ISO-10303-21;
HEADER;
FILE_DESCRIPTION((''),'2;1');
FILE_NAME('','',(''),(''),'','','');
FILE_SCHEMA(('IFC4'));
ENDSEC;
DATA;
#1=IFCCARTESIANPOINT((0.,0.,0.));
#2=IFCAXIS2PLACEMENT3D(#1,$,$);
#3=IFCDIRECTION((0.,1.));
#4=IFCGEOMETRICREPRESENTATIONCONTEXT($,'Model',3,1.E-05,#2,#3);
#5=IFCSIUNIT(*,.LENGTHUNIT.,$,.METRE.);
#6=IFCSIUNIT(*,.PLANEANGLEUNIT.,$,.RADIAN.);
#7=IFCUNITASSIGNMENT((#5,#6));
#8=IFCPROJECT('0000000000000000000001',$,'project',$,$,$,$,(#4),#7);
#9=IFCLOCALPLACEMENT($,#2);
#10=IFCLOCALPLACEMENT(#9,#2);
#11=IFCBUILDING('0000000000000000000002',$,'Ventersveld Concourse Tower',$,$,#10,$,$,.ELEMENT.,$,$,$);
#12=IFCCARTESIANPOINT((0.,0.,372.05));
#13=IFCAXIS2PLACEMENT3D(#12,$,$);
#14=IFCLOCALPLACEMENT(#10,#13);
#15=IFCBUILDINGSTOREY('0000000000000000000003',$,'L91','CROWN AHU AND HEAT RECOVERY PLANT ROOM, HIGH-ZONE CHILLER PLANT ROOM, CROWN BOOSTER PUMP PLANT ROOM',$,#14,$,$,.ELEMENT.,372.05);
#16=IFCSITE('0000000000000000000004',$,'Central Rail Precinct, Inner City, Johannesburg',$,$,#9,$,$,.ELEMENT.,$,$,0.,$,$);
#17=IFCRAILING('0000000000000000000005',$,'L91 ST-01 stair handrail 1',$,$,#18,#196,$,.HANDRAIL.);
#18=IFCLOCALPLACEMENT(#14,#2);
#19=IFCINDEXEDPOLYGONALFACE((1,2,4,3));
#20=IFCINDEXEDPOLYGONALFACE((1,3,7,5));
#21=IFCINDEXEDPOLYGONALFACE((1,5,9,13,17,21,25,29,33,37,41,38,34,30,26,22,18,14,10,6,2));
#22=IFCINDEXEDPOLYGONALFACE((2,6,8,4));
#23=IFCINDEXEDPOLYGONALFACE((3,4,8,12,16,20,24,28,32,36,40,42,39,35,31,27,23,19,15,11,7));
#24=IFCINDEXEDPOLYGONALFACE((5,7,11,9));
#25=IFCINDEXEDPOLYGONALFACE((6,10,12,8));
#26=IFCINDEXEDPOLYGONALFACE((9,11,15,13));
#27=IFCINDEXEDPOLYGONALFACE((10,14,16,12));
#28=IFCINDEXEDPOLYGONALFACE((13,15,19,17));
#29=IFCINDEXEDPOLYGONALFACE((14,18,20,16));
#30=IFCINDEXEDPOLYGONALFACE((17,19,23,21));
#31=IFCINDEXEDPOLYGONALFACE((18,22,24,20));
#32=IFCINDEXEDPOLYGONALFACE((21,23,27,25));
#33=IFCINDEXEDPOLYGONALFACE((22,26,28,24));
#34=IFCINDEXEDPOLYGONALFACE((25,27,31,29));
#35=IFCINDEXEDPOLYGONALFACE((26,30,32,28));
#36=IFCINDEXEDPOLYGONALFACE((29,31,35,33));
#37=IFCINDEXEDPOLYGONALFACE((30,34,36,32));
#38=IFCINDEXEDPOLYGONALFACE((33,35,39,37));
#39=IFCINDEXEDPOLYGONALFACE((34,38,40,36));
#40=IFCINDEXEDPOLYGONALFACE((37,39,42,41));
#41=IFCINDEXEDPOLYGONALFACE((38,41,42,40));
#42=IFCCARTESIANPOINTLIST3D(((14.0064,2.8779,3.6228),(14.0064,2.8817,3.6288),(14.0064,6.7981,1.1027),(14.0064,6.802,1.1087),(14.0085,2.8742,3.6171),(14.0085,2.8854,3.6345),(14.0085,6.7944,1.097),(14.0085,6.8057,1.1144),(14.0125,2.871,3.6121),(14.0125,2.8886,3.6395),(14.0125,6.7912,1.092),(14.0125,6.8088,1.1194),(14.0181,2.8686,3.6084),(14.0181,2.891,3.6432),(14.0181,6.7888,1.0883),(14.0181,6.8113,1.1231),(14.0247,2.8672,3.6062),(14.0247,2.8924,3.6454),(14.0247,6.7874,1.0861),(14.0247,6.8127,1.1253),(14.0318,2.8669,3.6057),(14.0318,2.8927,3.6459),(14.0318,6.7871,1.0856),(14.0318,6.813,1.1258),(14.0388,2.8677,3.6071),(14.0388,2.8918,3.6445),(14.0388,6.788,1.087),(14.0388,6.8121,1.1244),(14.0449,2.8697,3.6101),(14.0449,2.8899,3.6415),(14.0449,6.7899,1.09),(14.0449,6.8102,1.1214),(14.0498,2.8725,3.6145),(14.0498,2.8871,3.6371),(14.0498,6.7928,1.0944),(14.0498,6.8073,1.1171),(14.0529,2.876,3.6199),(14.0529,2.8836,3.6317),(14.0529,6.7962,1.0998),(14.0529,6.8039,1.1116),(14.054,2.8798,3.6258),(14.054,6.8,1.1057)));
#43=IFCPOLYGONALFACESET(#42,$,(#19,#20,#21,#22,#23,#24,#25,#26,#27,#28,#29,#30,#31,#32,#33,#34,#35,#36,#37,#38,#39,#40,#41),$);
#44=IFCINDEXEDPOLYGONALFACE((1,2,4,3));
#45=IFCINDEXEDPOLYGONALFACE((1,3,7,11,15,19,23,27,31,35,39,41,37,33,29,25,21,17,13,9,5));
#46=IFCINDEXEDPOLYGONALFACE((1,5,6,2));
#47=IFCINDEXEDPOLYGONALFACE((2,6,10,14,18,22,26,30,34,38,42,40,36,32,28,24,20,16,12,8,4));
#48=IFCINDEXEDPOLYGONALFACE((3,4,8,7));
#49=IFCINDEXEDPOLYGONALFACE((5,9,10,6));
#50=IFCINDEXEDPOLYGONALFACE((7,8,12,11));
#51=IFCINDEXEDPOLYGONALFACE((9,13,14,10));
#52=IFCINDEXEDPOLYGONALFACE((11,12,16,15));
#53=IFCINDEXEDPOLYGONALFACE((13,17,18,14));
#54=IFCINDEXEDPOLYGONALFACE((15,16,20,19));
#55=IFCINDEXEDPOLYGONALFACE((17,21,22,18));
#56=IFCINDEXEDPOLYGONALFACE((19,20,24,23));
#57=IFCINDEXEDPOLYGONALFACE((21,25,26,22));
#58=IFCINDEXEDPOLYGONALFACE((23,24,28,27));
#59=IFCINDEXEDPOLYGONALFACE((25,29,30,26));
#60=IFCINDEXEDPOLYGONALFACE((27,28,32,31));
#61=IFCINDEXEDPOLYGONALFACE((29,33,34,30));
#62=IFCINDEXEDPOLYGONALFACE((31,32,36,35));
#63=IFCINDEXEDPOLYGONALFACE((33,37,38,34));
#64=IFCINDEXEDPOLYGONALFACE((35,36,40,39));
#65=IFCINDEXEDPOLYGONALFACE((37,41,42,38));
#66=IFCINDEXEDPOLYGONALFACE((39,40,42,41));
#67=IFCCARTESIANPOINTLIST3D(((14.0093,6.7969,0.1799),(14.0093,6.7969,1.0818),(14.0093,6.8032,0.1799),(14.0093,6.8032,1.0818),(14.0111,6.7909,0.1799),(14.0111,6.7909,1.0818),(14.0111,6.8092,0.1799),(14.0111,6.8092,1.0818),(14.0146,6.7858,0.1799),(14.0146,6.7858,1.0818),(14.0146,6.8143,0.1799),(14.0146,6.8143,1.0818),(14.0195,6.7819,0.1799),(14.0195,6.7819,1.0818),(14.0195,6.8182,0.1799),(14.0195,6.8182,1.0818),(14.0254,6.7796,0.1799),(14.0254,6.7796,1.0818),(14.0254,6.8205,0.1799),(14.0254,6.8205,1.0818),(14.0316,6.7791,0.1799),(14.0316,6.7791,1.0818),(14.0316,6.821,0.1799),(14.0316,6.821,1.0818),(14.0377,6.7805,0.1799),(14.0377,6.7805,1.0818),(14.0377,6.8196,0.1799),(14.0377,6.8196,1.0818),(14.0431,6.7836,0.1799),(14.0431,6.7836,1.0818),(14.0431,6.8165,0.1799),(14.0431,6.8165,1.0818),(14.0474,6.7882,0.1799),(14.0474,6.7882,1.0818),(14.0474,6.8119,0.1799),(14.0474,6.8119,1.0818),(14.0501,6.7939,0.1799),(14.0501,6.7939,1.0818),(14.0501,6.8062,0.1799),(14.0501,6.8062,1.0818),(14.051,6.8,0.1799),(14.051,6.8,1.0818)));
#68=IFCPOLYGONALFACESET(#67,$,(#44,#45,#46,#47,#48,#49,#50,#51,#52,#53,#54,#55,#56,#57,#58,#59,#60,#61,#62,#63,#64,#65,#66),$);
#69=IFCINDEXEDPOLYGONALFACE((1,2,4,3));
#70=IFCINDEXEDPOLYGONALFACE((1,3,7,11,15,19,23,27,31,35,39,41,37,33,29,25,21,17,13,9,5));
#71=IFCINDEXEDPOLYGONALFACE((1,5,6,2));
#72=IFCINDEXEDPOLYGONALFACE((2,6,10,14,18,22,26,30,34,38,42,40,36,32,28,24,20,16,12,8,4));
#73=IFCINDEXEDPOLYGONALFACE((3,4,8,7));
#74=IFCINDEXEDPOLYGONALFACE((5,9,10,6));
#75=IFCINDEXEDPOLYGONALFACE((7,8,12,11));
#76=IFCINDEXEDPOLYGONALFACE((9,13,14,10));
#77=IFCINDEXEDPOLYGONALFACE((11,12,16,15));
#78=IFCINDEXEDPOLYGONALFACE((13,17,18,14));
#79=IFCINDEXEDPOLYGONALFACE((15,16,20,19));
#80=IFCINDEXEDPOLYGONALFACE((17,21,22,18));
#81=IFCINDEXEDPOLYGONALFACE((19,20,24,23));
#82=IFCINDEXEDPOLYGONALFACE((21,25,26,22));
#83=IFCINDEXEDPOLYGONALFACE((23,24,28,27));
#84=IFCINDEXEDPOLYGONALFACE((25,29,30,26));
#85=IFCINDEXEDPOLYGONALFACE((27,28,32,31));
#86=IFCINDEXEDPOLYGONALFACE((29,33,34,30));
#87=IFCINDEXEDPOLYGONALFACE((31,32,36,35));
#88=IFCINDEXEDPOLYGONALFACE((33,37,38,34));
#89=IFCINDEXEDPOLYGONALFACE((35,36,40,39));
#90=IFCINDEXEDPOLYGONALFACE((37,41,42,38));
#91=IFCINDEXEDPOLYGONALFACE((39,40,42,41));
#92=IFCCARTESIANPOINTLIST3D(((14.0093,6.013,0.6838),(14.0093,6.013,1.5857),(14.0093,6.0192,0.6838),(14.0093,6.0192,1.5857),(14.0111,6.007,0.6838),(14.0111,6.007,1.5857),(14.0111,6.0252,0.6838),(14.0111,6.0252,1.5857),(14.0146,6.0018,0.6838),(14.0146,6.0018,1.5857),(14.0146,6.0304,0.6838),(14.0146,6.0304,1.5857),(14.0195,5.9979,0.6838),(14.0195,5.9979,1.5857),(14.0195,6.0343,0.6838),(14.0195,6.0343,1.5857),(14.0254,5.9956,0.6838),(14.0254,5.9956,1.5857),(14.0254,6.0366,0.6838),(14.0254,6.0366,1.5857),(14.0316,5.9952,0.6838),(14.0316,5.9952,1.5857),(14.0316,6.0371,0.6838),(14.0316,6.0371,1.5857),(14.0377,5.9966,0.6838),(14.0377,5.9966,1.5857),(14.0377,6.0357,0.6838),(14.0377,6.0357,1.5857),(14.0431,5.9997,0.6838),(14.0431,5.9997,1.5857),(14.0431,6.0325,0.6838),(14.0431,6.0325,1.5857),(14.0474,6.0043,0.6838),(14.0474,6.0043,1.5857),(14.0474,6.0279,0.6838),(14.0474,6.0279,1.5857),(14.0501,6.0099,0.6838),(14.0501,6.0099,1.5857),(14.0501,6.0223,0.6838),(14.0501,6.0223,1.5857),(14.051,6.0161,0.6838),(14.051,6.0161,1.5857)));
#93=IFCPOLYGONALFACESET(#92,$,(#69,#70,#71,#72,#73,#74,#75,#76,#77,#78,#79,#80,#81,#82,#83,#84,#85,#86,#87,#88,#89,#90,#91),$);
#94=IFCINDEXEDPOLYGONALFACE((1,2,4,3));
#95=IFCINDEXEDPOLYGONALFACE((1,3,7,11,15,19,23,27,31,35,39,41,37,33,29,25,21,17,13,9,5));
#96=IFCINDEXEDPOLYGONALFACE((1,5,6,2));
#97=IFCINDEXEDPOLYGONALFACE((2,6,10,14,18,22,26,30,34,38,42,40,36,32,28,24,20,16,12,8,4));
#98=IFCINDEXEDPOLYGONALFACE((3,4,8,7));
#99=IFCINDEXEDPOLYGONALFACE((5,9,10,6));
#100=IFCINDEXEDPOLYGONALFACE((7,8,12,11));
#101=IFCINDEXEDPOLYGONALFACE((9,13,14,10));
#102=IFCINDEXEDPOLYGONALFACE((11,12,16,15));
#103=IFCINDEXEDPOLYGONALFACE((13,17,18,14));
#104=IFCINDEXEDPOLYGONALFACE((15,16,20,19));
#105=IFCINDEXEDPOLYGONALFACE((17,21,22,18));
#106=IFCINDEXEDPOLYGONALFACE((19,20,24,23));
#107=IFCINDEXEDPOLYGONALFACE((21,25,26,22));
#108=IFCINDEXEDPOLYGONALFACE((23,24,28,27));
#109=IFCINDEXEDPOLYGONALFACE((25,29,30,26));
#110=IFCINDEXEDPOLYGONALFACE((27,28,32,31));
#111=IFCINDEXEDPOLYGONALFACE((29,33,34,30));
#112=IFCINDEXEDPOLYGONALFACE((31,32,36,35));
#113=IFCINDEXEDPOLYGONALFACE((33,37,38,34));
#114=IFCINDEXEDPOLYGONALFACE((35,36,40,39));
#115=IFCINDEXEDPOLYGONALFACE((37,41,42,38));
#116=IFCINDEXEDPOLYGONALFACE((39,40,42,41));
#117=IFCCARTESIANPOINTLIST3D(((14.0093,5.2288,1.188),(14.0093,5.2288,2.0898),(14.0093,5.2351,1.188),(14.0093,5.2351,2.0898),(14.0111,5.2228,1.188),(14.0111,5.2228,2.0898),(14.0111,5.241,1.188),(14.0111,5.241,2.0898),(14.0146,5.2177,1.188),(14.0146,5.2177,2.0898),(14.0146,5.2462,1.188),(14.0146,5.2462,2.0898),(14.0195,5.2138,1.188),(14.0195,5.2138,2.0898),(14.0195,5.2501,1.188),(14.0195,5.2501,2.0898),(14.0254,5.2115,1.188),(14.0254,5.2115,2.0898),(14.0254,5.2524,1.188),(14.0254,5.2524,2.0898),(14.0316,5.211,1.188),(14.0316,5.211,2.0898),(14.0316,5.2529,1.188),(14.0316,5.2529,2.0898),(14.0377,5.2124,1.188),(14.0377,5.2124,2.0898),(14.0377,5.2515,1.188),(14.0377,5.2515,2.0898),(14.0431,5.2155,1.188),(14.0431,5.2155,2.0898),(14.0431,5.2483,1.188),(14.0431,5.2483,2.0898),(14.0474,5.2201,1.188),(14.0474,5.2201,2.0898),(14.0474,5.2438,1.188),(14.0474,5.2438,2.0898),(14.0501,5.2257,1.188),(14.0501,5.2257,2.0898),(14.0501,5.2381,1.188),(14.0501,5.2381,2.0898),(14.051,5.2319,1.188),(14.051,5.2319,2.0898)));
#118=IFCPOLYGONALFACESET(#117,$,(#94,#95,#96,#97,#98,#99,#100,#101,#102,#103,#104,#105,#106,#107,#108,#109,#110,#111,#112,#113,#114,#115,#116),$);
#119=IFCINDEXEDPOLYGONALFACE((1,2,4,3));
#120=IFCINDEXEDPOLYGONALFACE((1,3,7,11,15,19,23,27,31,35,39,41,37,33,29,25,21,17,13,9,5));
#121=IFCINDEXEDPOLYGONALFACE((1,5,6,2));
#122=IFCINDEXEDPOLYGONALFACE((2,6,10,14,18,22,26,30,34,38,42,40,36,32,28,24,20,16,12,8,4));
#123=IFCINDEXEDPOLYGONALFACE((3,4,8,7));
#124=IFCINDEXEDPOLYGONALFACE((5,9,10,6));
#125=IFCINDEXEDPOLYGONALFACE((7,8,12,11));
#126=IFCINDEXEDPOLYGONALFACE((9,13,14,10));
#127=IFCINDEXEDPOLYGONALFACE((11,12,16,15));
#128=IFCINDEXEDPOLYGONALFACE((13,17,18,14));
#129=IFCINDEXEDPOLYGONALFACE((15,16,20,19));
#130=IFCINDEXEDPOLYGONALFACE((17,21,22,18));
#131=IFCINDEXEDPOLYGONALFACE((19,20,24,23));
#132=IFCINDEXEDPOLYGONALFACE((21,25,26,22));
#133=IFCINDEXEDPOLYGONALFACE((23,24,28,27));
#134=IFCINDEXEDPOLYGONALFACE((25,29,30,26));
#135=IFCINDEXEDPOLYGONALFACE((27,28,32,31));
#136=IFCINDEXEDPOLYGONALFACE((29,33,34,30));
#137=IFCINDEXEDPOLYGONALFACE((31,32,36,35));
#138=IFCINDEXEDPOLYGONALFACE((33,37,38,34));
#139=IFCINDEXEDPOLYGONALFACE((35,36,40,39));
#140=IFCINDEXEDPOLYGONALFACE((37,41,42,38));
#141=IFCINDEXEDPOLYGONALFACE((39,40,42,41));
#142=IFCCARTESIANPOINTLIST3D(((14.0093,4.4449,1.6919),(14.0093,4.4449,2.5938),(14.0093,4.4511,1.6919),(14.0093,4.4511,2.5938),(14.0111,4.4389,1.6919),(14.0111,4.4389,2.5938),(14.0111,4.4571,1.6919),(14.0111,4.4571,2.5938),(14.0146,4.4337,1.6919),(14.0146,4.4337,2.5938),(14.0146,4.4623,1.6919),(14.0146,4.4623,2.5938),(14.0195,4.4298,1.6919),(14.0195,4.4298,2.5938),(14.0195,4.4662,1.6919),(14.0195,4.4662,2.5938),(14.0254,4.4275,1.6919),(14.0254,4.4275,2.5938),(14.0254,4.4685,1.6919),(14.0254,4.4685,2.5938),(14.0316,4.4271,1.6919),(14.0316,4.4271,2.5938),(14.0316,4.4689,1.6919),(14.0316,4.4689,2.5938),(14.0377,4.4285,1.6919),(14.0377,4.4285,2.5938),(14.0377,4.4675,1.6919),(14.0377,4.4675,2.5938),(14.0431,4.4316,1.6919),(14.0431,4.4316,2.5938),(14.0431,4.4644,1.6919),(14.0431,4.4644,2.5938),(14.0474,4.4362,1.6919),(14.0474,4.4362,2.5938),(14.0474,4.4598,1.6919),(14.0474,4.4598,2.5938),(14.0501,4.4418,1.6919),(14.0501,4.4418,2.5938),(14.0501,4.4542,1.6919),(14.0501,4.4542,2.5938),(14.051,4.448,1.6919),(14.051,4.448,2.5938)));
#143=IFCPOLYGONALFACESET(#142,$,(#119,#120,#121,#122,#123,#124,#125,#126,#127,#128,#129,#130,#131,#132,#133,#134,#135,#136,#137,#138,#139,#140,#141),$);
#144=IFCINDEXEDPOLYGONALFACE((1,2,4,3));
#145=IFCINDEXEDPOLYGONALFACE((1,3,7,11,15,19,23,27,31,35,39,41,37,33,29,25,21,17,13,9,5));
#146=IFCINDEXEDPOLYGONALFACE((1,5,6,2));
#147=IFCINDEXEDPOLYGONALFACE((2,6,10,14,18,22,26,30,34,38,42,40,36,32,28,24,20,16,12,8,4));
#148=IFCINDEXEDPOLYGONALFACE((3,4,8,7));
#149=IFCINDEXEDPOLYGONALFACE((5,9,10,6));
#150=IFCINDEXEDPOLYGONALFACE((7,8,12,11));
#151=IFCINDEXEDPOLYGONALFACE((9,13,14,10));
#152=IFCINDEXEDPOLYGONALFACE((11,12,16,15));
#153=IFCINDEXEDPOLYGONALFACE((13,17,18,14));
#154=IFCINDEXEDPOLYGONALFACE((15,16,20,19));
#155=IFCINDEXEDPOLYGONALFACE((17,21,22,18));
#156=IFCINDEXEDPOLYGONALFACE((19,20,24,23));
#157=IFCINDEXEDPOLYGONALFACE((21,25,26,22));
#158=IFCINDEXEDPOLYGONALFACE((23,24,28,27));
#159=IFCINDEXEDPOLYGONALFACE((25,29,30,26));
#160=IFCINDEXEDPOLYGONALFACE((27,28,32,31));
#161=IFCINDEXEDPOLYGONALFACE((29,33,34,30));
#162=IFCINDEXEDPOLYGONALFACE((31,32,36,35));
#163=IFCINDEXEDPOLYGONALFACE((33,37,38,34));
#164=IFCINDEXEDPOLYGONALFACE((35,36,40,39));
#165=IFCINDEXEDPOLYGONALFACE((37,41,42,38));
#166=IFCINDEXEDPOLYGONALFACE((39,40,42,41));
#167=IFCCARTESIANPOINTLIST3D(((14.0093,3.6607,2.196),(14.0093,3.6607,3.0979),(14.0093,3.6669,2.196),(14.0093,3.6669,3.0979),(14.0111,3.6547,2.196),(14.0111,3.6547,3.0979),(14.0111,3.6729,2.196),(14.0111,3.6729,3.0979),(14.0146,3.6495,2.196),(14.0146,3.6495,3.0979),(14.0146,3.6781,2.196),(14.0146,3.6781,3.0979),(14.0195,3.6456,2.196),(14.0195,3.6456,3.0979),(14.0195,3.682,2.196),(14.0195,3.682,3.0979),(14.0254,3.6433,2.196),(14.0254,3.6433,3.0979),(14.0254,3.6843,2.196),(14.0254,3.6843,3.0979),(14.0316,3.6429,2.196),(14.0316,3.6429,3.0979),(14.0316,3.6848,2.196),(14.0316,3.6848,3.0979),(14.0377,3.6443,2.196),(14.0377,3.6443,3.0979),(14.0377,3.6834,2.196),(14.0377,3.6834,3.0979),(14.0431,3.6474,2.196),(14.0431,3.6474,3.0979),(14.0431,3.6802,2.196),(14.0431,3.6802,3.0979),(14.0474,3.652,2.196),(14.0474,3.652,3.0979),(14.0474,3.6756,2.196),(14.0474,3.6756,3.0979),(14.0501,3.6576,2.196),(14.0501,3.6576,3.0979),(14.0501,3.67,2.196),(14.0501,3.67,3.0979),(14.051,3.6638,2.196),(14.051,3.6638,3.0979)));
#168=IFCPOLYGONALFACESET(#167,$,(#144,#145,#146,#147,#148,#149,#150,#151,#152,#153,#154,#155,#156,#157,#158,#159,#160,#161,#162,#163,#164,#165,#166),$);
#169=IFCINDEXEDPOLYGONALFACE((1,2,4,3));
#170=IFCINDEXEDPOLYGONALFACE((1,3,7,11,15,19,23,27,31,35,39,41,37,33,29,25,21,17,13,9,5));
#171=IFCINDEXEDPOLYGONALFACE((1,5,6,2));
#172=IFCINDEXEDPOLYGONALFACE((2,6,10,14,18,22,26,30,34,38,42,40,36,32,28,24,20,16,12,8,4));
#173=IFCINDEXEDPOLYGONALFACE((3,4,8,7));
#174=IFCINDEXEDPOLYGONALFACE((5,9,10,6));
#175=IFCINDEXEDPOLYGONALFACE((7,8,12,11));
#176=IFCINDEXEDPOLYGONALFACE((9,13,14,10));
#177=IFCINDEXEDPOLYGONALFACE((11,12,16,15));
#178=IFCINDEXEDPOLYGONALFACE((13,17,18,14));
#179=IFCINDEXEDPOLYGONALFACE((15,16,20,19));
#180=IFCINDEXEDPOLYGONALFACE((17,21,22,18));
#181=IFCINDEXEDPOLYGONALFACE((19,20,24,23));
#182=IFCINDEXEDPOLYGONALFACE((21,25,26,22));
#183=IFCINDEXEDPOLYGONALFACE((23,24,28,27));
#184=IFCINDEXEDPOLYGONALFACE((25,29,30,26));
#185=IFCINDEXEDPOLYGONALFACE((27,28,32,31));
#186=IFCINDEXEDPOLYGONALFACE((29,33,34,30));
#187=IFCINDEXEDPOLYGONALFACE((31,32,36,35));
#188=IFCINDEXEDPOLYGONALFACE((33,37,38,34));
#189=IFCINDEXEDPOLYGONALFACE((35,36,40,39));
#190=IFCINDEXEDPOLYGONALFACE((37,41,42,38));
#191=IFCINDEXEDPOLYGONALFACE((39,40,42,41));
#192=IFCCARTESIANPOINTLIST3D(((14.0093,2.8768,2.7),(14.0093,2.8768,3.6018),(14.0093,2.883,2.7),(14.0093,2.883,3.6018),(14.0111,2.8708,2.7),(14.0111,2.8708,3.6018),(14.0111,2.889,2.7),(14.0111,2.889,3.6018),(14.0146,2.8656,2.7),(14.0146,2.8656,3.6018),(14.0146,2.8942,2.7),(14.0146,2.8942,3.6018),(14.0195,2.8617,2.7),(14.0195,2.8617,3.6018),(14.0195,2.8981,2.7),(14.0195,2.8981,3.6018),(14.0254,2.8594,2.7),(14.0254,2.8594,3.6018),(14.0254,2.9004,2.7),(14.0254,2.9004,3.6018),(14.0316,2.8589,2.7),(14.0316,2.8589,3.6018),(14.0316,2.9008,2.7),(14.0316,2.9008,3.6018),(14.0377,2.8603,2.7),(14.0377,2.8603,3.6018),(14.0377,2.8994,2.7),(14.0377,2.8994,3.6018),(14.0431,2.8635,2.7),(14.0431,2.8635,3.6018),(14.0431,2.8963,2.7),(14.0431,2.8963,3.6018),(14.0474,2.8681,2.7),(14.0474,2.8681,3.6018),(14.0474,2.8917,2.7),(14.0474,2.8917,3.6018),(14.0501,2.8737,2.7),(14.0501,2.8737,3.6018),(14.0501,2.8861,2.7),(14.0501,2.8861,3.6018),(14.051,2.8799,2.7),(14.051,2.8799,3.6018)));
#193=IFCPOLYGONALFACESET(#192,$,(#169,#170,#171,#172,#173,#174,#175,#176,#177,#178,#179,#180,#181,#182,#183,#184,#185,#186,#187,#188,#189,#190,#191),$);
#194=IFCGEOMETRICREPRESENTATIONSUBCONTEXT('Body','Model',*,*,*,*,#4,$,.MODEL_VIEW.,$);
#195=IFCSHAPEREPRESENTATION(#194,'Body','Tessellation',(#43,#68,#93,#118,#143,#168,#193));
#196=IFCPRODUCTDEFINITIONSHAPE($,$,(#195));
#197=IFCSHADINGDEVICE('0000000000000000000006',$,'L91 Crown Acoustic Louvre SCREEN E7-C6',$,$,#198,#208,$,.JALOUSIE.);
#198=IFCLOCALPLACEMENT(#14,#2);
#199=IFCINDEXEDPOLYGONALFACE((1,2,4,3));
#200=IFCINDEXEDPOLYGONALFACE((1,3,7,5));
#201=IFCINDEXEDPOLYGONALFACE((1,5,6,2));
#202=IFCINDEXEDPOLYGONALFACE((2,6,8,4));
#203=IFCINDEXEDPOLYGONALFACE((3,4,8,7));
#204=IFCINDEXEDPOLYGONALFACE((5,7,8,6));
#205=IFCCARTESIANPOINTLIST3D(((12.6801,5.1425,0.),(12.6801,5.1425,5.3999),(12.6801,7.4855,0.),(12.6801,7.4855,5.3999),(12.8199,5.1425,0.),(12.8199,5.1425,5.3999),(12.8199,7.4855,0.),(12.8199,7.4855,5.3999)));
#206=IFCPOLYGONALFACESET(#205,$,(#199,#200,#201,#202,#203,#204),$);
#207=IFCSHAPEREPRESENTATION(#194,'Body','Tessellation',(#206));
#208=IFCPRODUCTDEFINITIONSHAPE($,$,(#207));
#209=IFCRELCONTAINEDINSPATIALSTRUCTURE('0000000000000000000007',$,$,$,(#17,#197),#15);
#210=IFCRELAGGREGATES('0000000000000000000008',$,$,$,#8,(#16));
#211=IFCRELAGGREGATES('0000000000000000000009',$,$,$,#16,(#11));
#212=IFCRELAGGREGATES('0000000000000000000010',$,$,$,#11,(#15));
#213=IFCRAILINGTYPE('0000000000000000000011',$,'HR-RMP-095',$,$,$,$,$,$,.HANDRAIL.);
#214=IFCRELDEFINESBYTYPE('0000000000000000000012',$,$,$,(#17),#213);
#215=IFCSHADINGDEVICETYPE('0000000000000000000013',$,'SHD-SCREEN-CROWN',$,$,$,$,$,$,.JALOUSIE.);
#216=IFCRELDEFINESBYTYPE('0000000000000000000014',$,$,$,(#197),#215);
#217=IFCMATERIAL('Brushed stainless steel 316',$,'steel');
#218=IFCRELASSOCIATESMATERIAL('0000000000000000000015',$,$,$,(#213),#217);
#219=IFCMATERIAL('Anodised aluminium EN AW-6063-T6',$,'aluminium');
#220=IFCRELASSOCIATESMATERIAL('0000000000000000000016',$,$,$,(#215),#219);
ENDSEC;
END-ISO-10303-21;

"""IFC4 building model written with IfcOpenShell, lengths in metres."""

from ifc_helpers import new_model, si_unit, direction, frame, origin, origin_2d, place, context, subcontext, project, spatial, rectangle, circle, extrude, material, type_object, element, save


model = new_model("IFC4")

# Units and contexts
model_context = context("Model", 3, precision=1e-05, world=origin(), true_north=direction((0.0, 1.0)))
body_context = subcontext(model_context, "Body", "Model", "MODEL_VIEW")
ifc_project = project(units=[si_unit("LENGTHUNIT", "METRE"), si_unit("PLANEANGLEUNIT", "RADIAN")], contexts=[model_context])

# Site, building, storey
site_placement = place(None, origin())
site = spatial("IfcSite", under=ifc_project, at=site_placement, Name="Central Rail Precinct, Inner City, Johannesburg", CompositionType="ELEMENT", RefElevation=0.0)
building_placement = place(site_placement, origin())
building = spatial("IfcBuilding", under=site, at=building_placement, Name="Ventersveld Concourse Tower", CompositionType="ELEMENT")
storey_placement = place(building_placement, frame((0.0, 0.0, 372.05)))
storey = spatial("IfcBuildingStorey", under=building, at=storey_placement, Name="L91", Description="CROWN AHU AND HEAT RECOVERY PLANT ROOM, HIGH-ZONE CHILLER PLANT ROOM, CROWN BOOSTER PUMP PLANT ROOM", CompositionType="ELEMENT", Elevation=372.05)

# Railing
ifc_material_1 = material(Name="Brushed stainless steel 316", Category="steel")
railing_type_1 = type_object("IfcRailingType", Name="HR-RMP-095", PredefinedType="HANDRAIL", material=ifc_material_1)
railing_1_placement = place(storey_placement, frame((14.03, 6.8, 0.1799)))
element("IfcRailing", 1, at=railing_1_placement, inside=storey, type_object=railing_type_1, Name="L91 ST-01 stair handrail 1", PredefinedType="HANDRAIL", context=body_context, shape_type="SweptSolid", body=[
    extrude(circle(Radius=0.0239, at=origin_2d()), frame((0.0, 0.0, 0.9258), z_axis=(0.0, -0.841187, 0.540744), x_axis=(1.0, 0.0, 0.0)), (0.0, 0.0, 1.0), 4.6604),
    extrude(circle(Radius=0.021, at=origin_2d()), origin(), (0.0, 0.0, 1.0), 0.9019),
    extrude(circle(Radius=0.021, at=origin_2d()), frame((0.0, -0.7839, 0.5039)), (0.0, 0.0, 1.0), 0.9019),
    extrude(circle(Radius=0.021, at=origin_2d()), frame((0.0, -1.5681, 1.0081)), (0.0, 0.0, 1.0), 0.9019),
    extrude(circle(Radius=0.021, at=origin_2d()), frame((0.0, -2.3521, 1.512)), (0.0, 0.0, 1.0), 0.9019),
    extrude(circle(Radius=0.021, at=origin_2d()), frame((0.0, -3.1362, 2.0161)), (0.0, 0.0, 1.0), 0.9019),
    extrude(circle(Radius=0.021, at=origin_2d()), frame((0.0, -3.9202, 2.52)), (0.0, 0.0, 1.0), 0.9019),
])

# Shading device
ifc_material_2 = material(Name="Anodised aluminium EN AW-6063-T6", Category="aluminium")
shading_device_type = type_object("IfcShadingDeviceType", Name="SHD-SCREEN-CROWN", PredefinedType="JALOUSIE", material=ifc_material_2)
for number, where, z_axis, x_axis, name in (
    (2, (12.75, 6.314, 0.0), (0.0, 0.0, 1.0), (0.0, -1.0, 0.0), "L91 Crown Acoustic Louvre SCREEN E7-C6"),
):
    element("IfcShadingDevice", number, at=place(storey_placement, frame(where, z_axis=z_axis, x_axis=x_axis)), inside=storey, type_object=shading_device_type, Name=name, PredefinedType="JALOUSIE", context=body_context, shape_type="SweptSolid", body=[
        extrude(rectangle(XDim=2.343, YDim=0.1399, at=origin_2d()), origin(), (0.0, 0.0, 1.0), 5.3999),
    ])

save(model, "model.ifc")
